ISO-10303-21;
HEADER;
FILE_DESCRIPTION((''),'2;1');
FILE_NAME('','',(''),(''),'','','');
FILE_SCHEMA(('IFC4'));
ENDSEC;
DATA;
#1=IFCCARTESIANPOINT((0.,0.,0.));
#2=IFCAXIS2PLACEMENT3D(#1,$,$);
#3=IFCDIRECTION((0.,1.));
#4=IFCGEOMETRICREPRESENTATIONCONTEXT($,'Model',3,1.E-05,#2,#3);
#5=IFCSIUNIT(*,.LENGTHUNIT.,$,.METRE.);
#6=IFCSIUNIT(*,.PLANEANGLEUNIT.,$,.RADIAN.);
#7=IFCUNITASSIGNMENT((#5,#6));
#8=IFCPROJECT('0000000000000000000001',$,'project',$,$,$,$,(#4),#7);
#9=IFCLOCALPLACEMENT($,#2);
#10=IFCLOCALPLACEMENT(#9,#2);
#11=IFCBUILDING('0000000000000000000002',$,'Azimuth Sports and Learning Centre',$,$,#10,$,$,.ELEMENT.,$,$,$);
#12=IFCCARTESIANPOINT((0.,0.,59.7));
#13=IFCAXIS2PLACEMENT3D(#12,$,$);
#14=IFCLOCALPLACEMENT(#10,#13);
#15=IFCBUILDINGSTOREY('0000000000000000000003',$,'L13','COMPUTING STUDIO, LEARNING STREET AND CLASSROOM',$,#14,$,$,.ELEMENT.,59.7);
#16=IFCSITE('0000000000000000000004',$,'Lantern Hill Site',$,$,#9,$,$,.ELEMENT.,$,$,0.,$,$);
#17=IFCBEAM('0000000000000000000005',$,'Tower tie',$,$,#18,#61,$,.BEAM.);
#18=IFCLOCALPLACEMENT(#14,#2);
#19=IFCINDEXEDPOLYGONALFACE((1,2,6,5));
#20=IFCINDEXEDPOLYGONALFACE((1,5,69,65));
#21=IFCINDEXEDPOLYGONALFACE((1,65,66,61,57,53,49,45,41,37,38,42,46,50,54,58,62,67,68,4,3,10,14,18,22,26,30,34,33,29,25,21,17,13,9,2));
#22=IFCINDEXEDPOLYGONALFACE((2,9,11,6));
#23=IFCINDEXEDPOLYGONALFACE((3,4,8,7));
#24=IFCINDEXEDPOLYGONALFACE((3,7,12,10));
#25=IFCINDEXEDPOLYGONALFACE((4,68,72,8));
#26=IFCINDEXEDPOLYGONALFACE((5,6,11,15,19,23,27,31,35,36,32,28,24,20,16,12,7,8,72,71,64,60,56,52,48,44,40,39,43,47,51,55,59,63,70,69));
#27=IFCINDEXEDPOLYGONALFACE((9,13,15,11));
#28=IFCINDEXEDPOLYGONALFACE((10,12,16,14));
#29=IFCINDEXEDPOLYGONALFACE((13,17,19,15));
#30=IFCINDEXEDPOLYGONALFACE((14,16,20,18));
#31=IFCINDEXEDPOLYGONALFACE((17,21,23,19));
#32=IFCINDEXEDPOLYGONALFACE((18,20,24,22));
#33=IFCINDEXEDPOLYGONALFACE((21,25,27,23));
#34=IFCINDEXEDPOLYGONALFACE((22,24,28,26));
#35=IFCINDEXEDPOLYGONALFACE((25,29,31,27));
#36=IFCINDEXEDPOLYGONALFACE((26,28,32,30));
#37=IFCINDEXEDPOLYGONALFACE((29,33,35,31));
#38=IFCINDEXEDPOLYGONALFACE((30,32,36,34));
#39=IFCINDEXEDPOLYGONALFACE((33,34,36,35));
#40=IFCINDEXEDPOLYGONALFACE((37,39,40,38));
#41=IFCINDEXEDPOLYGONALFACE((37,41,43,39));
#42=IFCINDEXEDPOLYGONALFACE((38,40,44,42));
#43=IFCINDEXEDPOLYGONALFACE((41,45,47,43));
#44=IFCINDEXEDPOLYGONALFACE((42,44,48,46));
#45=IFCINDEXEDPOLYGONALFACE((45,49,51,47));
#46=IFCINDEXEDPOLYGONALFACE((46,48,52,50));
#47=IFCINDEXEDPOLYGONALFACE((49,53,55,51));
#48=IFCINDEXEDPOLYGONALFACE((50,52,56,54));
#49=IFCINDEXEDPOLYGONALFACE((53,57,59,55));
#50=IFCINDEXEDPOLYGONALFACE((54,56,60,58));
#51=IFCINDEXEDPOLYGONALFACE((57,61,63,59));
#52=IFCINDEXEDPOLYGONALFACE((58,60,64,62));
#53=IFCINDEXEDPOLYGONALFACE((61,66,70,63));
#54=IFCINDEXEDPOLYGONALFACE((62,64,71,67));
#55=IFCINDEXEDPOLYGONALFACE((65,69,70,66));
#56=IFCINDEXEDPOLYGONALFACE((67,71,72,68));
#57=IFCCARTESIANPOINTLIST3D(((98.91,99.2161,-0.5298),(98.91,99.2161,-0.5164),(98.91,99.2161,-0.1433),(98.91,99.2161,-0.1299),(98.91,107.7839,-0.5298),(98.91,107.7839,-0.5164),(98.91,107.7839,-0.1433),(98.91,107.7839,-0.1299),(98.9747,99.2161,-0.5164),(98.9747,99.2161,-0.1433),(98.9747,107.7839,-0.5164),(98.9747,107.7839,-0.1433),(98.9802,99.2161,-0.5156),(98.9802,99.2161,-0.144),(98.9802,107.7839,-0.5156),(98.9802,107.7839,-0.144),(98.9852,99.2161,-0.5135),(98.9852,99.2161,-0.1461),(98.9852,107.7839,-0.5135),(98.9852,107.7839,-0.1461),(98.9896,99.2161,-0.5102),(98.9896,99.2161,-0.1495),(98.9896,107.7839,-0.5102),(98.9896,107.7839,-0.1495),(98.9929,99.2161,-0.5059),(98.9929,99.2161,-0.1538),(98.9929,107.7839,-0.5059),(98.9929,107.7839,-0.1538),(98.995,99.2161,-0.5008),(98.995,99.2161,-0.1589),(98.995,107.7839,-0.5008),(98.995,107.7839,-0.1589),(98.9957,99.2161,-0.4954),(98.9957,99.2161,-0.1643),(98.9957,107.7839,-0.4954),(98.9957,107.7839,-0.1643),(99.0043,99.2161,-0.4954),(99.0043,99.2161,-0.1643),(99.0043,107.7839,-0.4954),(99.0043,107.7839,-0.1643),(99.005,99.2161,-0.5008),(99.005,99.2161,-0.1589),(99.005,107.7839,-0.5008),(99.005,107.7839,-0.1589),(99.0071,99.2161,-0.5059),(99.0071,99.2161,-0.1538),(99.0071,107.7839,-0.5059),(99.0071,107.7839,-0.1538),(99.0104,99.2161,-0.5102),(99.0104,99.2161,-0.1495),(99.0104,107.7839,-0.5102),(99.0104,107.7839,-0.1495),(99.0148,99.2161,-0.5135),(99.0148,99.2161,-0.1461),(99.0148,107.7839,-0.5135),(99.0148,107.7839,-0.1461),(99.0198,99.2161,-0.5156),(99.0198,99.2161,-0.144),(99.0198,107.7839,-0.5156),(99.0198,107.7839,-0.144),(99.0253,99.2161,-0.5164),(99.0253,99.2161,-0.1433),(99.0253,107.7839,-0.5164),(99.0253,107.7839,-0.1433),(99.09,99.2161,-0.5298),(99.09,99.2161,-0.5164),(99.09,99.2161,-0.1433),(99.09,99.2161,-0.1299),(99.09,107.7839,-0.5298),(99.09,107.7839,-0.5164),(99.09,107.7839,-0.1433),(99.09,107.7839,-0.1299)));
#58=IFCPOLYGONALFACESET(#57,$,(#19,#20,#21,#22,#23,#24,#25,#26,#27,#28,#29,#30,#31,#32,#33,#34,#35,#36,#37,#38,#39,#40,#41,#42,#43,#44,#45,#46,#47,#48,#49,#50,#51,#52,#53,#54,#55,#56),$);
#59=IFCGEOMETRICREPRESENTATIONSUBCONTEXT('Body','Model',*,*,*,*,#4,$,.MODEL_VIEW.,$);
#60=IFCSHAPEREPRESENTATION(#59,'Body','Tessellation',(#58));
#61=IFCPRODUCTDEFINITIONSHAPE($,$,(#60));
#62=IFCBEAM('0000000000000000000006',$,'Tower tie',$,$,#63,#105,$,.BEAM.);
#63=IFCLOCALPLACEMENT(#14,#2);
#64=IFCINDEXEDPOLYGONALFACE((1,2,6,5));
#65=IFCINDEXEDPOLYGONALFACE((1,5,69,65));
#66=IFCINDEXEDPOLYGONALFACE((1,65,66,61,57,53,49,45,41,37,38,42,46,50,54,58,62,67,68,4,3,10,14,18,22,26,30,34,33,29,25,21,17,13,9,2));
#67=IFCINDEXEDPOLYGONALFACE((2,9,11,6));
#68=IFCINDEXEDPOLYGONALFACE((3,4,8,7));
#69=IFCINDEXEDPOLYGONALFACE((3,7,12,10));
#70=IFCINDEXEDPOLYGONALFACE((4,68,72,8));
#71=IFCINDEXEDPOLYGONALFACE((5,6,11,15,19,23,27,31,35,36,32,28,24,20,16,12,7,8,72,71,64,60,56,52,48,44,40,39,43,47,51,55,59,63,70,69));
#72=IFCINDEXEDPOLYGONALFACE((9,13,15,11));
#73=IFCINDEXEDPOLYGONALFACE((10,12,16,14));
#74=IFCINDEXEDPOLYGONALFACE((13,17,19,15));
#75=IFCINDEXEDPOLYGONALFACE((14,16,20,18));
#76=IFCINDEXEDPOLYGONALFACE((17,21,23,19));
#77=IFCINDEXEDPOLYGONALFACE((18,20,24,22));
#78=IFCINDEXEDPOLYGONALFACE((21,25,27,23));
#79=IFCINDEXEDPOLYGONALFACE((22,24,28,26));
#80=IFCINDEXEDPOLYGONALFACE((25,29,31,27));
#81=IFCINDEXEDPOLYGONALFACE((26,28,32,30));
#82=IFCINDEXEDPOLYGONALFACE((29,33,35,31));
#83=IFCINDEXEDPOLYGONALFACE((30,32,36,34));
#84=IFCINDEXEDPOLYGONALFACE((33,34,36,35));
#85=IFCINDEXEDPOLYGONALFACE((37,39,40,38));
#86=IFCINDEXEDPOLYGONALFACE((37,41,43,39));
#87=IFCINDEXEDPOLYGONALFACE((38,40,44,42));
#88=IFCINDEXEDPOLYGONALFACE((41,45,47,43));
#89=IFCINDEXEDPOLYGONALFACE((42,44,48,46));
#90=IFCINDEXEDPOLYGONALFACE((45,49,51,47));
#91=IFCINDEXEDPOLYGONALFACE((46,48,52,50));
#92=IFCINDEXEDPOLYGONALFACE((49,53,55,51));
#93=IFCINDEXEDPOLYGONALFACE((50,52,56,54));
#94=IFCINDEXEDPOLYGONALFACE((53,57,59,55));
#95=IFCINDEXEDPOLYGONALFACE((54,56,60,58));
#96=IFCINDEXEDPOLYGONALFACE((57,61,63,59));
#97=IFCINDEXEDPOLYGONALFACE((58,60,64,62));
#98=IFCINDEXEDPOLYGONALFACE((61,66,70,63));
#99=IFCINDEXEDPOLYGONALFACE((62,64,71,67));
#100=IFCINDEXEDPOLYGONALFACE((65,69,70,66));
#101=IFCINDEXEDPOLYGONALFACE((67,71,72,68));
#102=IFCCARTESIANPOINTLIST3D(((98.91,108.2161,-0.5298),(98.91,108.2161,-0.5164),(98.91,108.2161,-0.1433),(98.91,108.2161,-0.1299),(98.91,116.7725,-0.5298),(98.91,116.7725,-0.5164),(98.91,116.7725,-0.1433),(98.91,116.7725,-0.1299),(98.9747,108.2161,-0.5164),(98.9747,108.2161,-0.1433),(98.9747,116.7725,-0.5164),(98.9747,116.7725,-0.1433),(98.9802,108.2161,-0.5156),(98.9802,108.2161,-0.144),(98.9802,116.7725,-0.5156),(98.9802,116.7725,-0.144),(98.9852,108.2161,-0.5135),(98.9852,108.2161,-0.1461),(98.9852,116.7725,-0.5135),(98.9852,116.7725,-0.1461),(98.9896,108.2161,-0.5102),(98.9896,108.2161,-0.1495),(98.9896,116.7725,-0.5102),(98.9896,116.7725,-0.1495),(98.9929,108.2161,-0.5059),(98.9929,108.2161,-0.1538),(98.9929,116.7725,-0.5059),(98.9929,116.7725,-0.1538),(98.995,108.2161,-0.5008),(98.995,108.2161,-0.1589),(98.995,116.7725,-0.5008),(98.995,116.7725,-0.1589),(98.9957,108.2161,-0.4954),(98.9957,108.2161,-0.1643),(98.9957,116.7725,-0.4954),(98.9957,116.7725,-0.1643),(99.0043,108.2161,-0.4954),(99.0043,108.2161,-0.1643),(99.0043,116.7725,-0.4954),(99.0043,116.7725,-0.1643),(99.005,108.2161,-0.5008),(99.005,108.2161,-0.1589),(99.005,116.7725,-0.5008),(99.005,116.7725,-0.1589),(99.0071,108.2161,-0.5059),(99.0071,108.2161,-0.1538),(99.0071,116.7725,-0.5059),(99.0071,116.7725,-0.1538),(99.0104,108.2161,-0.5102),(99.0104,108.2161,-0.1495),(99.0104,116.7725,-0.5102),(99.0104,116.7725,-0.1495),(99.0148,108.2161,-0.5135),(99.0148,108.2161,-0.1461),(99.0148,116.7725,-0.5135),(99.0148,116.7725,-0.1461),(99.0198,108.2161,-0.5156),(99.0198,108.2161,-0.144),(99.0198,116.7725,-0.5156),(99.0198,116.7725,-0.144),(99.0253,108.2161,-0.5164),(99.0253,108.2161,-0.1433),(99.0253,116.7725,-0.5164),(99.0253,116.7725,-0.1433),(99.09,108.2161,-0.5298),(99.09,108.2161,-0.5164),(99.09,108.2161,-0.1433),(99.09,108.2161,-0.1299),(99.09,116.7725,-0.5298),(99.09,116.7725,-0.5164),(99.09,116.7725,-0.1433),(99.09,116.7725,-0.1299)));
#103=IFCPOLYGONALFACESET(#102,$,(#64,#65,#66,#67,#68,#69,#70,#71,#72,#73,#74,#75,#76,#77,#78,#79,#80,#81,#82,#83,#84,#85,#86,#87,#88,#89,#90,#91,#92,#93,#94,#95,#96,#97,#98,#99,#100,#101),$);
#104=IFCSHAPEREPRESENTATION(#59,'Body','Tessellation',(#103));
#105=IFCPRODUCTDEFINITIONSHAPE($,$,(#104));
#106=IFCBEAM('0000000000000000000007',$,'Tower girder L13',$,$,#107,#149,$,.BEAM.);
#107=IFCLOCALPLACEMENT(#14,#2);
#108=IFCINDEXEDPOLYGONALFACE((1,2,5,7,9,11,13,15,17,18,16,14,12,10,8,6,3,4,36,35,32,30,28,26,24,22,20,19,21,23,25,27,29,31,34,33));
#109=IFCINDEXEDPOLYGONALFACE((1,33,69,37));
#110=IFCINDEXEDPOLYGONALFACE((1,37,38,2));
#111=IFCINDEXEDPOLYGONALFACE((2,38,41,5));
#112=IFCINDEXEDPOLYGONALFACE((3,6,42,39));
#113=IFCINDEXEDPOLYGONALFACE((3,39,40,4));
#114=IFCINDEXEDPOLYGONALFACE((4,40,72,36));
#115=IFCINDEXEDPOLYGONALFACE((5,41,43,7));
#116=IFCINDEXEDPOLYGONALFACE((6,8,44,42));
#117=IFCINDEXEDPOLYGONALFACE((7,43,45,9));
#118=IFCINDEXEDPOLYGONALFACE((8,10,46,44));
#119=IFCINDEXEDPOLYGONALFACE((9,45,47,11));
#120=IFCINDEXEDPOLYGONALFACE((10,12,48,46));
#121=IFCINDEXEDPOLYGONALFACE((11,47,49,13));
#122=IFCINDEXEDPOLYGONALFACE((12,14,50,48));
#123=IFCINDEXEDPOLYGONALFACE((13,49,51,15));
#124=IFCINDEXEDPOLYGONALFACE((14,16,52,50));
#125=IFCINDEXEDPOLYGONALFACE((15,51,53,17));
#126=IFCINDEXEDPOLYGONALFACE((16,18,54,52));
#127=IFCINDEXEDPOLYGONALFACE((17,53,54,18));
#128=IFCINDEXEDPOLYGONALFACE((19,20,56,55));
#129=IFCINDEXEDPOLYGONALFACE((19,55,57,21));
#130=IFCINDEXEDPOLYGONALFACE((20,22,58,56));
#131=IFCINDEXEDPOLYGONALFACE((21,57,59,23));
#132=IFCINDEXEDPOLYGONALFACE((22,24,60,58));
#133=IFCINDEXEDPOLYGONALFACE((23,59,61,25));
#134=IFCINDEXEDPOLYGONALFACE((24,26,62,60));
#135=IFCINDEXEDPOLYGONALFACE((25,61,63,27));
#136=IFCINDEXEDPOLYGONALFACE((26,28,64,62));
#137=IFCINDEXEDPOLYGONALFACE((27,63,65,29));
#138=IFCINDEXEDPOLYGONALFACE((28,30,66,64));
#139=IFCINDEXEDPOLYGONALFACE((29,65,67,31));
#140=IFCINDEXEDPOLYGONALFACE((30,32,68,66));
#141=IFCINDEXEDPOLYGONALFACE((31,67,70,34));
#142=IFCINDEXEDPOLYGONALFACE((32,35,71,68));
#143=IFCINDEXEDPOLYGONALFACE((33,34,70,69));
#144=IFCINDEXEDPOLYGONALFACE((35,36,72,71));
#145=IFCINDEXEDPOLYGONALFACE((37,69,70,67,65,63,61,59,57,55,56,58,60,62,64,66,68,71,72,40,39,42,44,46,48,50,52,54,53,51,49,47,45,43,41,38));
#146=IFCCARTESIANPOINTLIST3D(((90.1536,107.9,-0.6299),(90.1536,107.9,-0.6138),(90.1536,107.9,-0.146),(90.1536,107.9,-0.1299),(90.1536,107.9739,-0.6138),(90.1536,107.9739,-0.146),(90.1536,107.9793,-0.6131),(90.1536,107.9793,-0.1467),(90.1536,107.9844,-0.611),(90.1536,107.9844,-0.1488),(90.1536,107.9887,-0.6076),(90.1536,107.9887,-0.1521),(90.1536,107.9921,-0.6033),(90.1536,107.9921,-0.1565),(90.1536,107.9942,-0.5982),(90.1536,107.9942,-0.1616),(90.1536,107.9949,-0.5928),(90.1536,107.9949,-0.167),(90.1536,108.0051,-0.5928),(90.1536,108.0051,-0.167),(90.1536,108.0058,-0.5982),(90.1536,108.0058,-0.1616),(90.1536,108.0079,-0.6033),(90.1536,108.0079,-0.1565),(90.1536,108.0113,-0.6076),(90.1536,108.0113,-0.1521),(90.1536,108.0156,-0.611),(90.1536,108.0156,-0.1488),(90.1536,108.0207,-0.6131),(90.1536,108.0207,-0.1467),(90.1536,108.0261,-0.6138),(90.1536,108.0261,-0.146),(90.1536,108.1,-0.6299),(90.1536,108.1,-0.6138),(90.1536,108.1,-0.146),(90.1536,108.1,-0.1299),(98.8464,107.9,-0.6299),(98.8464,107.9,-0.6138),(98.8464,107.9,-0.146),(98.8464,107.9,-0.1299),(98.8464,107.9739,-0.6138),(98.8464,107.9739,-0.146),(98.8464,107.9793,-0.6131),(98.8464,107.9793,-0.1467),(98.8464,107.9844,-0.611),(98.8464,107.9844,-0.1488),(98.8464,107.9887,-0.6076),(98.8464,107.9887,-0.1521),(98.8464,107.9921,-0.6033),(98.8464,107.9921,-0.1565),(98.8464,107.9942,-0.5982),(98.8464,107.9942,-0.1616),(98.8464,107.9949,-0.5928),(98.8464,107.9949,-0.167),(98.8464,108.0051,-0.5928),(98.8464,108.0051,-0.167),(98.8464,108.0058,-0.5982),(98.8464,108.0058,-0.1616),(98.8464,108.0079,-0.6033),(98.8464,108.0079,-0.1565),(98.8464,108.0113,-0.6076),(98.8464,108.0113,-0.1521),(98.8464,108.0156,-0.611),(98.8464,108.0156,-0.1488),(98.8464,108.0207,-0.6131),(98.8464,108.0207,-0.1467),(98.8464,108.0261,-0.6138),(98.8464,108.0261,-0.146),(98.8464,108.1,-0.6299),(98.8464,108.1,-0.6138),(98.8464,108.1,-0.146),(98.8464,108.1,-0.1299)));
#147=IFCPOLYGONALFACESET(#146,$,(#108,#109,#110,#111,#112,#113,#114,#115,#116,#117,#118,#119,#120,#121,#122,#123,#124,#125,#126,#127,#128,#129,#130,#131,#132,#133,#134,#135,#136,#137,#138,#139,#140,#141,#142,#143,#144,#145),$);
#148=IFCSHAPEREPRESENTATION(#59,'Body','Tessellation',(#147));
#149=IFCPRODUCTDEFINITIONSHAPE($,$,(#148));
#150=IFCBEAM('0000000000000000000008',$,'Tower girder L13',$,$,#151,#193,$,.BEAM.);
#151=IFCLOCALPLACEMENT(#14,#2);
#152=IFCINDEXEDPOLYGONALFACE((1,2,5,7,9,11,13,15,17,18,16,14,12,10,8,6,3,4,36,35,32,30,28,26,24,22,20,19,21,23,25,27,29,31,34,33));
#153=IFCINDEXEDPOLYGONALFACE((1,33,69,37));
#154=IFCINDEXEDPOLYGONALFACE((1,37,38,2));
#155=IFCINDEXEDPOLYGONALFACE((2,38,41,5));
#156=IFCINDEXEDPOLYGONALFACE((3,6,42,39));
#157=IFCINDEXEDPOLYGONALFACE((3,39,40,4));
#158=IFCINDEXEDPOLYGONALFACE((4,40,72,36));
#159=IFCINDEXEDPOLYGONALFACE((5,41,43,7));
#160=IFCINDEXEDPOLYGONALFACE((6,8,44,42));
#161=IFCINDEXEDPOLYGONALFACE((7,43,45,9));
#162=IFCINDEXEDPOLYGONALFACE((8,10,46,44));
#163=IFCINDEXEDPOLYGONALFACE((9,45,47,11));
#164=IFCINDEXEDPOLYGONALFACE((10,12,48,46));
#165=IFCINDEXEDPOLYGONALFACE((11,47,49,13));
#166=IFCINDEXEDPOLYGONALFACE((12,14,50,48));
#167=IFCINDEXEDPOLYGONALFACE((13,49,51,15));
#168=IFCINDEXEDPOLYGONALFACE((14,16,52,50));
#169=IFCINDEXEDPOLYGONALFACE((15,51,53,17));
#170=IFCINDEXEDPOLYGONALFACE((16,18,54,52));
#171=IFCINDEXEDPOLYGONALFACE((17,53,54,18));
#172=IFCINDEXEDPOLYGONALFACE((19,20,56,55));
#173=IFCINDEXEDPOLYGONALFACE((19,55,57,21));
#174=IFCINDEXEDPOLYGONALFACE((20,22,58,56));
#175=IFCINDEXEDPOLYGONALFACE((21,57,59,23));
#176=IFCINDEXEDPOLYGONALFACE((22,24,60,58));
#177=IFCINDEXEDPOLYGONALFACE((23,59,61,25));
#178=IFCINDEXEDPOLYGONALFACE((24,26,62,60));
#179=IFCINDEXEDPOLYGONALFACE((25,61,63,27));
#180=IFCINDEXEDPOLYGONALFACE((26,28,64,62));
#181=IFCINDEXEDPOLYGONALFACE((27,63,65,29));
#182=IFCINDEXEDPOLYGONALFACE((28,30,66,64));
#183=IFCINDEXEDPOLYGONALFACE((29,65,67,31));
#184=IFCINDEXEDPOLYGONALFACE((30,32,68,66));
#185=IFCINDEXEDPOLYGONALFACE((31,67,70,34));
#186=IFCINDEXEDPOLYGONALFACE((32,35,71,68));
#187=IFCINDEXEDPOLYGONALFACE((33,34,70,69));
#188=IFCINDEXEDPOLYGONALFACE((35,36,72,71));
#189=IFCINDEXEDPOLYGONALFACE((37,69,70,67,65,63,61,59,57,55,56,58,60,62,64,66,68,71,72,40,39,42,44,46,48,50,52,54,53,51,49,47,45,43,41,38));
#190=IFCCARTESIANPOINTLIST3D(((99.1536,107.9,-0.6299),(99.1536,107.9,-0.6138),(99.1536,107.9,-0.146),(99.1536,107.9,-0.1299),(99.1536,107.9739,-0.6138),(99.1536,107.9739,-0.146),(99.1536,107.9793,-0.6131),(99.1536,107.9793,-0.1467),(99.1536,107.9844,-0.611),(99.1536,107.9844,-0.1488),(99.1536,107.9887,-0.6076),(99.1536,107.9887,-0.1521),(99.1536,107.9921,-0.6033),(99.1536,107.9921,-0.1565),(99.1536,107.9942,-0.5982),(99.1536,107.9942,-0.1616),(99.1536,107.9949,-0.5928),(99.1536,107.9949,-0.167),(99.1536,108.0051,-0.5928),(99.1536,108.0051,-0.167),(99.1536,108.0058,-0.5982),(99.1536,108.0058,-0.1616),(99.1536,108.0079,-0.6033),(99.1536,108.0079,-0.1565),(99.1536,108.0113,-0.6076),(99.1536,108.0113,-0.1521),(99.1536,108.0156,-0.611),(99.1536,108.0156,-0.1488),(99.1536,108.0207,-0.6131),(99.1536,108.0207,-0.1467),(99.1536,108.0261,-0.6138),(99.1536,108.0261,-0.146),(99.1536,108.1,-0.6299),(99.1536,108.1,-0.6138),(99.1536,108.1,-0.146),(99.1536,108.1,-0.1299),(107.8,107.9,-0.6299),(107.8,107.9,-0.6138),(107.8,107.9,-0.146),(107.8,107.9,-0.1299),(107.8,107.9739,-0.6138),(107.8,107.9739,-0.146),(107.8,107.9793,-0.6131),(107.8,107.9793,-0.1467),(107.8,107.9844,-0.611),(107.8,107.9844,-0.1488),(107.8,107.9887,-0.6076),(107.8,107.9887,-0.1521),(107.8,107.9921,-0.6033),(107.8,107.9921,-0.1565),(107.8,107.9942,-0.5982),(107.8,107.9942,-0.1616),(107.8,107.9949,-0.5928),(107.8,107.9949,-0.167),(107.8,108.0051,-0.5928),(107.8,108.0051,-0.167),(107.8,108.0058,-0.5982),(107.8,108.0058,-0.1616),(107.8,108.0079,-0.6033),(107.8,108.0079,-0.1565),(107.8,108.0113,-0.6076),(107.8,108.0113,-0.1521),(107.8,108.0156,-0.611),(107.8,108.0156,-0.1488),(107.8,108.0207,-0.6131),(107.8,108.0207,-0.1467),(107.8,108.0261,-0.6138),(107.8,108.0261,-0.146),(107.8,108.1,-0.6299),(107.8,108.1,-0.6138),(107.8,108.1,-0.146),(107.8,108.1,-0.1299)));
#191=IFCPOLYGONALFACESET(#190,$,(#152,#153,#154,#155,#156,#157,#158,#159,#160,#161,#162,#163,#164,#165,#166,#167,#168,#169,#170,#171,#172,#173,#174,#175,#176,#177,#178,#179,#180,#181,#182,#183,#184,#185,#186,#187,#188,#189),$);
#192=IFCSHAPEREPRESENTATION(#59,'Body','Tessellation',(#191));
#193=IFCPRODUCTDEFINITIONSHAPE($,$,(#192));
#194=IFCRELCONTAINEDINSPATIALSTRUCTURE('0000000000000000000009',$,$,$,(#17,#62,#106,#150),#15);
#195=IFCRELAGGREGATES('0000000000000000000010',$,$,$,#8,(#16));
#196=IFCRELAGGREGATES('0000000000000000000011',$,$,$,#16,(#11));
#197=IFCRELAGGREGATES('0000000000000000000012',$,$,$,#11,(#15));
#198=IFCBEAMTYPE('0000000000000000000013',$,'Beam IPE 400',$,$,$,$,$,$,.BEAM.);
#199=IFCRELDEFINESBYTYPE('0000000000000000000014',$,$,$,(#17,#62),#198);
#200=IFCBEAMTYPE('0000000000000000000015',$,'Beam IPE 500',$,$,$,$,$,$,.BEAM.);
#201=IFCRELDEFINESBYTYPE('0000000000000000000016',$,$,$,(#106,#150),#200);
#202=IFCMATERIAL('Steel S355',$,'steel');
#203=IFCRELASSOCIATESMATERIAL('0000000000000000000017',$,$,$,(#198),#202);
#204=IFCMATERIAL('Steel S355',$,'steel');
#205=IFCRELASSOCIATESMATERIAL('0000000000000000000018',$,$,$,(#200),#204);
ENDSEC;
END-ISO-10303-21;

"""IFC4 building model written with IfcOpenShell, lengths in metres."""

from ifc_helpers import new_model, si_unit, direction, frame, origin, origin_2d, place, context, subcontext, project, spatial, i_section, extrude, material, material_profile, profile_set, type_object, element, save


model = new_model("IFC4")

# Units and contexts
model_context = context("Model", 3, precision=1e-05, world=origin(), true_north=direction((0.0, 1.0)))
body_context = subcontext(model_context, "Body", "Model", "MODEL_VIEW")
ifc_project = project(units=[si_unit("LENGTHUNIT", "METRE"), si_unit("PLANEANGLEUNIT", "RADIAN")], contexts=[model_context])

# Site, building, storey
site_placement = place(None, origin())
site = spatial("IfcSite", under=ifc_project, at=site_placement, Name="Lantern Hill Site", CompositionType="ELEMENT", RefElevation=0.0)
building_placement = place(site_placement, origin())
building = spatial("IfcBuilding", under=site, at=building_placement, Name="Azimuth Sports and Learning Centre", CompositionType="ELEMENT")
storey_placement = place(building_placement, frame((0.0, 0.0, 59.7)))
storey = spatial("IfcBuildingStorey", under=building, at=storey_placement, Name="L13", Description="COMPUTING STUDIO, LEARNING STREET AND CLASSROOM", CompositionType="ELEMENT", Elevation=59.7)

# Beams
ifc_material_1 = material(Name="Steel S355", Category="steel")
ifc_material_profile_1 = material_profile(ifc_material_1, i_section(OverallWidth=0.1799, OverallDepth=0.3999, WebThickness=0.0085, FlangeThickness=0.0134, FilletRadius=0.021, at=origin_2d()), Name="IPE 400")
ifc_profile_set_1 = profile_set([ifc_material_profile_1], Name="Steel S355")
beam_type_1 = type_object("IfcBeamType", Name="Beam IPE 400", PredefinedType="BEAM", material=ifc_profile_set_1)
beam_1_placement = place(storey_placement, frame((99.0, 99.2161, -0.3298), z_axis=(0.0, 1.0, 0.0), x_axis=(-1.0, 0.0, 0.0)))
element("IfcBeam", 1, at=beam_1_placement, inside=storey, type_object=beam_type_1, Name="Tower tie", PredefinedType="BEAM", context=body_context, shape_type="SweptSolid", body=[
    extrude(i_section(OverallWidth=0.1799, OverallDepth=0.3999, WebThickness=0.0085, FlangeThickness=0.0134, FilletRadius=0.021, at=origin_2d()), origin(), (0.0, 0.0, 1.0), 8.5679),
])
beam_2_placement = place(storey_placement, frame((99.0, 108.2161, -0.3298), z_axis=(0.0, 1.0, 0.0), x_axis=(-1.0, 0.0, 0.0)))
element("IfcBeam", 2, at=beam_2_placement, inside=storey, type_object=beam_type_1, Name="Tower tie", PredefinedType="BEAM", context=body_context, shape_type="SweptSolid", body=[
    extrude(i_section(OverallWidth=0.1799, OverallDepth=0.3999, WebThickness=0.0085, FlangeThickness=0.0134, FilletRadius=0.021, at=origin_2d()), origin(), (0.0, 0.0, 1.0), 8.5564),
])
ifc_material_2 = material(Name="Steel S355", Category="steel")
ifc_material_profile_2 = material_profile(ifc_material_2, i_section(OverallWidth=0.2, OverallDepth=0.5, WebThickness=0.0103, FlangeThickness=0.0161, FilletRadius=0.021, at=origin_2d()), Name="IPE 500")
ifc_profile_set_2 = profile_set([ifc_material_profile_2], Name="Steel S355")
beam_type_2 = type_object("IfcBeamType", Name="Beam IPE 500", PredefinedType="BEAM", material=ifc_profile_set_2)
beam_3_placement = place(storey_placement, frame((90.1536, 108.0, -0.3799), z_axis=(1.0, 0.0, 0.0), x_axis=(0.0, 1.0, 0.0)))
element("IfcBeam", 3, at=beam_3_placement, inside=storey, type_object=beam_type_2, Name="Tower girder L13", PredefinedType="BEAM", context=body_context, shape_type="SweptSolid", body=[
    extrude(i_section(OverallWidth=0.2, OverallDepth=0.5, WebThickness=0.0103, FlangeThickness=0.0161, FilletRadius=0.021, at=origin_2d()), origin(), (0.0, 0.0, 1.0), 8.6929),
])
beam_4_placement = place(storey_placement, frame((99.1536, 108.0, -0.3799), z_axis=(1.0, 0.0, 0.0), x_axis=(0.0, 1.0, 0.0)))
element("IfcBeam", 4, at=beam_4_placement, inside=storey, type_object=beam_type_2, Name="Tower girder L13", PredefinedType="BEAM", context=body_context, shape_type="SweptSolid", body=[
    extrude(i_section(OverallWidth=0.2, OverallDepth=0.5, WebThickness=0.0103, FlangeThickness=0.0161, FilletRadius=0.021, at=origin_2d()), origin(), (0.0, 0.0, 1.0), 8.6465),
])

save(model, "model.ifc")
